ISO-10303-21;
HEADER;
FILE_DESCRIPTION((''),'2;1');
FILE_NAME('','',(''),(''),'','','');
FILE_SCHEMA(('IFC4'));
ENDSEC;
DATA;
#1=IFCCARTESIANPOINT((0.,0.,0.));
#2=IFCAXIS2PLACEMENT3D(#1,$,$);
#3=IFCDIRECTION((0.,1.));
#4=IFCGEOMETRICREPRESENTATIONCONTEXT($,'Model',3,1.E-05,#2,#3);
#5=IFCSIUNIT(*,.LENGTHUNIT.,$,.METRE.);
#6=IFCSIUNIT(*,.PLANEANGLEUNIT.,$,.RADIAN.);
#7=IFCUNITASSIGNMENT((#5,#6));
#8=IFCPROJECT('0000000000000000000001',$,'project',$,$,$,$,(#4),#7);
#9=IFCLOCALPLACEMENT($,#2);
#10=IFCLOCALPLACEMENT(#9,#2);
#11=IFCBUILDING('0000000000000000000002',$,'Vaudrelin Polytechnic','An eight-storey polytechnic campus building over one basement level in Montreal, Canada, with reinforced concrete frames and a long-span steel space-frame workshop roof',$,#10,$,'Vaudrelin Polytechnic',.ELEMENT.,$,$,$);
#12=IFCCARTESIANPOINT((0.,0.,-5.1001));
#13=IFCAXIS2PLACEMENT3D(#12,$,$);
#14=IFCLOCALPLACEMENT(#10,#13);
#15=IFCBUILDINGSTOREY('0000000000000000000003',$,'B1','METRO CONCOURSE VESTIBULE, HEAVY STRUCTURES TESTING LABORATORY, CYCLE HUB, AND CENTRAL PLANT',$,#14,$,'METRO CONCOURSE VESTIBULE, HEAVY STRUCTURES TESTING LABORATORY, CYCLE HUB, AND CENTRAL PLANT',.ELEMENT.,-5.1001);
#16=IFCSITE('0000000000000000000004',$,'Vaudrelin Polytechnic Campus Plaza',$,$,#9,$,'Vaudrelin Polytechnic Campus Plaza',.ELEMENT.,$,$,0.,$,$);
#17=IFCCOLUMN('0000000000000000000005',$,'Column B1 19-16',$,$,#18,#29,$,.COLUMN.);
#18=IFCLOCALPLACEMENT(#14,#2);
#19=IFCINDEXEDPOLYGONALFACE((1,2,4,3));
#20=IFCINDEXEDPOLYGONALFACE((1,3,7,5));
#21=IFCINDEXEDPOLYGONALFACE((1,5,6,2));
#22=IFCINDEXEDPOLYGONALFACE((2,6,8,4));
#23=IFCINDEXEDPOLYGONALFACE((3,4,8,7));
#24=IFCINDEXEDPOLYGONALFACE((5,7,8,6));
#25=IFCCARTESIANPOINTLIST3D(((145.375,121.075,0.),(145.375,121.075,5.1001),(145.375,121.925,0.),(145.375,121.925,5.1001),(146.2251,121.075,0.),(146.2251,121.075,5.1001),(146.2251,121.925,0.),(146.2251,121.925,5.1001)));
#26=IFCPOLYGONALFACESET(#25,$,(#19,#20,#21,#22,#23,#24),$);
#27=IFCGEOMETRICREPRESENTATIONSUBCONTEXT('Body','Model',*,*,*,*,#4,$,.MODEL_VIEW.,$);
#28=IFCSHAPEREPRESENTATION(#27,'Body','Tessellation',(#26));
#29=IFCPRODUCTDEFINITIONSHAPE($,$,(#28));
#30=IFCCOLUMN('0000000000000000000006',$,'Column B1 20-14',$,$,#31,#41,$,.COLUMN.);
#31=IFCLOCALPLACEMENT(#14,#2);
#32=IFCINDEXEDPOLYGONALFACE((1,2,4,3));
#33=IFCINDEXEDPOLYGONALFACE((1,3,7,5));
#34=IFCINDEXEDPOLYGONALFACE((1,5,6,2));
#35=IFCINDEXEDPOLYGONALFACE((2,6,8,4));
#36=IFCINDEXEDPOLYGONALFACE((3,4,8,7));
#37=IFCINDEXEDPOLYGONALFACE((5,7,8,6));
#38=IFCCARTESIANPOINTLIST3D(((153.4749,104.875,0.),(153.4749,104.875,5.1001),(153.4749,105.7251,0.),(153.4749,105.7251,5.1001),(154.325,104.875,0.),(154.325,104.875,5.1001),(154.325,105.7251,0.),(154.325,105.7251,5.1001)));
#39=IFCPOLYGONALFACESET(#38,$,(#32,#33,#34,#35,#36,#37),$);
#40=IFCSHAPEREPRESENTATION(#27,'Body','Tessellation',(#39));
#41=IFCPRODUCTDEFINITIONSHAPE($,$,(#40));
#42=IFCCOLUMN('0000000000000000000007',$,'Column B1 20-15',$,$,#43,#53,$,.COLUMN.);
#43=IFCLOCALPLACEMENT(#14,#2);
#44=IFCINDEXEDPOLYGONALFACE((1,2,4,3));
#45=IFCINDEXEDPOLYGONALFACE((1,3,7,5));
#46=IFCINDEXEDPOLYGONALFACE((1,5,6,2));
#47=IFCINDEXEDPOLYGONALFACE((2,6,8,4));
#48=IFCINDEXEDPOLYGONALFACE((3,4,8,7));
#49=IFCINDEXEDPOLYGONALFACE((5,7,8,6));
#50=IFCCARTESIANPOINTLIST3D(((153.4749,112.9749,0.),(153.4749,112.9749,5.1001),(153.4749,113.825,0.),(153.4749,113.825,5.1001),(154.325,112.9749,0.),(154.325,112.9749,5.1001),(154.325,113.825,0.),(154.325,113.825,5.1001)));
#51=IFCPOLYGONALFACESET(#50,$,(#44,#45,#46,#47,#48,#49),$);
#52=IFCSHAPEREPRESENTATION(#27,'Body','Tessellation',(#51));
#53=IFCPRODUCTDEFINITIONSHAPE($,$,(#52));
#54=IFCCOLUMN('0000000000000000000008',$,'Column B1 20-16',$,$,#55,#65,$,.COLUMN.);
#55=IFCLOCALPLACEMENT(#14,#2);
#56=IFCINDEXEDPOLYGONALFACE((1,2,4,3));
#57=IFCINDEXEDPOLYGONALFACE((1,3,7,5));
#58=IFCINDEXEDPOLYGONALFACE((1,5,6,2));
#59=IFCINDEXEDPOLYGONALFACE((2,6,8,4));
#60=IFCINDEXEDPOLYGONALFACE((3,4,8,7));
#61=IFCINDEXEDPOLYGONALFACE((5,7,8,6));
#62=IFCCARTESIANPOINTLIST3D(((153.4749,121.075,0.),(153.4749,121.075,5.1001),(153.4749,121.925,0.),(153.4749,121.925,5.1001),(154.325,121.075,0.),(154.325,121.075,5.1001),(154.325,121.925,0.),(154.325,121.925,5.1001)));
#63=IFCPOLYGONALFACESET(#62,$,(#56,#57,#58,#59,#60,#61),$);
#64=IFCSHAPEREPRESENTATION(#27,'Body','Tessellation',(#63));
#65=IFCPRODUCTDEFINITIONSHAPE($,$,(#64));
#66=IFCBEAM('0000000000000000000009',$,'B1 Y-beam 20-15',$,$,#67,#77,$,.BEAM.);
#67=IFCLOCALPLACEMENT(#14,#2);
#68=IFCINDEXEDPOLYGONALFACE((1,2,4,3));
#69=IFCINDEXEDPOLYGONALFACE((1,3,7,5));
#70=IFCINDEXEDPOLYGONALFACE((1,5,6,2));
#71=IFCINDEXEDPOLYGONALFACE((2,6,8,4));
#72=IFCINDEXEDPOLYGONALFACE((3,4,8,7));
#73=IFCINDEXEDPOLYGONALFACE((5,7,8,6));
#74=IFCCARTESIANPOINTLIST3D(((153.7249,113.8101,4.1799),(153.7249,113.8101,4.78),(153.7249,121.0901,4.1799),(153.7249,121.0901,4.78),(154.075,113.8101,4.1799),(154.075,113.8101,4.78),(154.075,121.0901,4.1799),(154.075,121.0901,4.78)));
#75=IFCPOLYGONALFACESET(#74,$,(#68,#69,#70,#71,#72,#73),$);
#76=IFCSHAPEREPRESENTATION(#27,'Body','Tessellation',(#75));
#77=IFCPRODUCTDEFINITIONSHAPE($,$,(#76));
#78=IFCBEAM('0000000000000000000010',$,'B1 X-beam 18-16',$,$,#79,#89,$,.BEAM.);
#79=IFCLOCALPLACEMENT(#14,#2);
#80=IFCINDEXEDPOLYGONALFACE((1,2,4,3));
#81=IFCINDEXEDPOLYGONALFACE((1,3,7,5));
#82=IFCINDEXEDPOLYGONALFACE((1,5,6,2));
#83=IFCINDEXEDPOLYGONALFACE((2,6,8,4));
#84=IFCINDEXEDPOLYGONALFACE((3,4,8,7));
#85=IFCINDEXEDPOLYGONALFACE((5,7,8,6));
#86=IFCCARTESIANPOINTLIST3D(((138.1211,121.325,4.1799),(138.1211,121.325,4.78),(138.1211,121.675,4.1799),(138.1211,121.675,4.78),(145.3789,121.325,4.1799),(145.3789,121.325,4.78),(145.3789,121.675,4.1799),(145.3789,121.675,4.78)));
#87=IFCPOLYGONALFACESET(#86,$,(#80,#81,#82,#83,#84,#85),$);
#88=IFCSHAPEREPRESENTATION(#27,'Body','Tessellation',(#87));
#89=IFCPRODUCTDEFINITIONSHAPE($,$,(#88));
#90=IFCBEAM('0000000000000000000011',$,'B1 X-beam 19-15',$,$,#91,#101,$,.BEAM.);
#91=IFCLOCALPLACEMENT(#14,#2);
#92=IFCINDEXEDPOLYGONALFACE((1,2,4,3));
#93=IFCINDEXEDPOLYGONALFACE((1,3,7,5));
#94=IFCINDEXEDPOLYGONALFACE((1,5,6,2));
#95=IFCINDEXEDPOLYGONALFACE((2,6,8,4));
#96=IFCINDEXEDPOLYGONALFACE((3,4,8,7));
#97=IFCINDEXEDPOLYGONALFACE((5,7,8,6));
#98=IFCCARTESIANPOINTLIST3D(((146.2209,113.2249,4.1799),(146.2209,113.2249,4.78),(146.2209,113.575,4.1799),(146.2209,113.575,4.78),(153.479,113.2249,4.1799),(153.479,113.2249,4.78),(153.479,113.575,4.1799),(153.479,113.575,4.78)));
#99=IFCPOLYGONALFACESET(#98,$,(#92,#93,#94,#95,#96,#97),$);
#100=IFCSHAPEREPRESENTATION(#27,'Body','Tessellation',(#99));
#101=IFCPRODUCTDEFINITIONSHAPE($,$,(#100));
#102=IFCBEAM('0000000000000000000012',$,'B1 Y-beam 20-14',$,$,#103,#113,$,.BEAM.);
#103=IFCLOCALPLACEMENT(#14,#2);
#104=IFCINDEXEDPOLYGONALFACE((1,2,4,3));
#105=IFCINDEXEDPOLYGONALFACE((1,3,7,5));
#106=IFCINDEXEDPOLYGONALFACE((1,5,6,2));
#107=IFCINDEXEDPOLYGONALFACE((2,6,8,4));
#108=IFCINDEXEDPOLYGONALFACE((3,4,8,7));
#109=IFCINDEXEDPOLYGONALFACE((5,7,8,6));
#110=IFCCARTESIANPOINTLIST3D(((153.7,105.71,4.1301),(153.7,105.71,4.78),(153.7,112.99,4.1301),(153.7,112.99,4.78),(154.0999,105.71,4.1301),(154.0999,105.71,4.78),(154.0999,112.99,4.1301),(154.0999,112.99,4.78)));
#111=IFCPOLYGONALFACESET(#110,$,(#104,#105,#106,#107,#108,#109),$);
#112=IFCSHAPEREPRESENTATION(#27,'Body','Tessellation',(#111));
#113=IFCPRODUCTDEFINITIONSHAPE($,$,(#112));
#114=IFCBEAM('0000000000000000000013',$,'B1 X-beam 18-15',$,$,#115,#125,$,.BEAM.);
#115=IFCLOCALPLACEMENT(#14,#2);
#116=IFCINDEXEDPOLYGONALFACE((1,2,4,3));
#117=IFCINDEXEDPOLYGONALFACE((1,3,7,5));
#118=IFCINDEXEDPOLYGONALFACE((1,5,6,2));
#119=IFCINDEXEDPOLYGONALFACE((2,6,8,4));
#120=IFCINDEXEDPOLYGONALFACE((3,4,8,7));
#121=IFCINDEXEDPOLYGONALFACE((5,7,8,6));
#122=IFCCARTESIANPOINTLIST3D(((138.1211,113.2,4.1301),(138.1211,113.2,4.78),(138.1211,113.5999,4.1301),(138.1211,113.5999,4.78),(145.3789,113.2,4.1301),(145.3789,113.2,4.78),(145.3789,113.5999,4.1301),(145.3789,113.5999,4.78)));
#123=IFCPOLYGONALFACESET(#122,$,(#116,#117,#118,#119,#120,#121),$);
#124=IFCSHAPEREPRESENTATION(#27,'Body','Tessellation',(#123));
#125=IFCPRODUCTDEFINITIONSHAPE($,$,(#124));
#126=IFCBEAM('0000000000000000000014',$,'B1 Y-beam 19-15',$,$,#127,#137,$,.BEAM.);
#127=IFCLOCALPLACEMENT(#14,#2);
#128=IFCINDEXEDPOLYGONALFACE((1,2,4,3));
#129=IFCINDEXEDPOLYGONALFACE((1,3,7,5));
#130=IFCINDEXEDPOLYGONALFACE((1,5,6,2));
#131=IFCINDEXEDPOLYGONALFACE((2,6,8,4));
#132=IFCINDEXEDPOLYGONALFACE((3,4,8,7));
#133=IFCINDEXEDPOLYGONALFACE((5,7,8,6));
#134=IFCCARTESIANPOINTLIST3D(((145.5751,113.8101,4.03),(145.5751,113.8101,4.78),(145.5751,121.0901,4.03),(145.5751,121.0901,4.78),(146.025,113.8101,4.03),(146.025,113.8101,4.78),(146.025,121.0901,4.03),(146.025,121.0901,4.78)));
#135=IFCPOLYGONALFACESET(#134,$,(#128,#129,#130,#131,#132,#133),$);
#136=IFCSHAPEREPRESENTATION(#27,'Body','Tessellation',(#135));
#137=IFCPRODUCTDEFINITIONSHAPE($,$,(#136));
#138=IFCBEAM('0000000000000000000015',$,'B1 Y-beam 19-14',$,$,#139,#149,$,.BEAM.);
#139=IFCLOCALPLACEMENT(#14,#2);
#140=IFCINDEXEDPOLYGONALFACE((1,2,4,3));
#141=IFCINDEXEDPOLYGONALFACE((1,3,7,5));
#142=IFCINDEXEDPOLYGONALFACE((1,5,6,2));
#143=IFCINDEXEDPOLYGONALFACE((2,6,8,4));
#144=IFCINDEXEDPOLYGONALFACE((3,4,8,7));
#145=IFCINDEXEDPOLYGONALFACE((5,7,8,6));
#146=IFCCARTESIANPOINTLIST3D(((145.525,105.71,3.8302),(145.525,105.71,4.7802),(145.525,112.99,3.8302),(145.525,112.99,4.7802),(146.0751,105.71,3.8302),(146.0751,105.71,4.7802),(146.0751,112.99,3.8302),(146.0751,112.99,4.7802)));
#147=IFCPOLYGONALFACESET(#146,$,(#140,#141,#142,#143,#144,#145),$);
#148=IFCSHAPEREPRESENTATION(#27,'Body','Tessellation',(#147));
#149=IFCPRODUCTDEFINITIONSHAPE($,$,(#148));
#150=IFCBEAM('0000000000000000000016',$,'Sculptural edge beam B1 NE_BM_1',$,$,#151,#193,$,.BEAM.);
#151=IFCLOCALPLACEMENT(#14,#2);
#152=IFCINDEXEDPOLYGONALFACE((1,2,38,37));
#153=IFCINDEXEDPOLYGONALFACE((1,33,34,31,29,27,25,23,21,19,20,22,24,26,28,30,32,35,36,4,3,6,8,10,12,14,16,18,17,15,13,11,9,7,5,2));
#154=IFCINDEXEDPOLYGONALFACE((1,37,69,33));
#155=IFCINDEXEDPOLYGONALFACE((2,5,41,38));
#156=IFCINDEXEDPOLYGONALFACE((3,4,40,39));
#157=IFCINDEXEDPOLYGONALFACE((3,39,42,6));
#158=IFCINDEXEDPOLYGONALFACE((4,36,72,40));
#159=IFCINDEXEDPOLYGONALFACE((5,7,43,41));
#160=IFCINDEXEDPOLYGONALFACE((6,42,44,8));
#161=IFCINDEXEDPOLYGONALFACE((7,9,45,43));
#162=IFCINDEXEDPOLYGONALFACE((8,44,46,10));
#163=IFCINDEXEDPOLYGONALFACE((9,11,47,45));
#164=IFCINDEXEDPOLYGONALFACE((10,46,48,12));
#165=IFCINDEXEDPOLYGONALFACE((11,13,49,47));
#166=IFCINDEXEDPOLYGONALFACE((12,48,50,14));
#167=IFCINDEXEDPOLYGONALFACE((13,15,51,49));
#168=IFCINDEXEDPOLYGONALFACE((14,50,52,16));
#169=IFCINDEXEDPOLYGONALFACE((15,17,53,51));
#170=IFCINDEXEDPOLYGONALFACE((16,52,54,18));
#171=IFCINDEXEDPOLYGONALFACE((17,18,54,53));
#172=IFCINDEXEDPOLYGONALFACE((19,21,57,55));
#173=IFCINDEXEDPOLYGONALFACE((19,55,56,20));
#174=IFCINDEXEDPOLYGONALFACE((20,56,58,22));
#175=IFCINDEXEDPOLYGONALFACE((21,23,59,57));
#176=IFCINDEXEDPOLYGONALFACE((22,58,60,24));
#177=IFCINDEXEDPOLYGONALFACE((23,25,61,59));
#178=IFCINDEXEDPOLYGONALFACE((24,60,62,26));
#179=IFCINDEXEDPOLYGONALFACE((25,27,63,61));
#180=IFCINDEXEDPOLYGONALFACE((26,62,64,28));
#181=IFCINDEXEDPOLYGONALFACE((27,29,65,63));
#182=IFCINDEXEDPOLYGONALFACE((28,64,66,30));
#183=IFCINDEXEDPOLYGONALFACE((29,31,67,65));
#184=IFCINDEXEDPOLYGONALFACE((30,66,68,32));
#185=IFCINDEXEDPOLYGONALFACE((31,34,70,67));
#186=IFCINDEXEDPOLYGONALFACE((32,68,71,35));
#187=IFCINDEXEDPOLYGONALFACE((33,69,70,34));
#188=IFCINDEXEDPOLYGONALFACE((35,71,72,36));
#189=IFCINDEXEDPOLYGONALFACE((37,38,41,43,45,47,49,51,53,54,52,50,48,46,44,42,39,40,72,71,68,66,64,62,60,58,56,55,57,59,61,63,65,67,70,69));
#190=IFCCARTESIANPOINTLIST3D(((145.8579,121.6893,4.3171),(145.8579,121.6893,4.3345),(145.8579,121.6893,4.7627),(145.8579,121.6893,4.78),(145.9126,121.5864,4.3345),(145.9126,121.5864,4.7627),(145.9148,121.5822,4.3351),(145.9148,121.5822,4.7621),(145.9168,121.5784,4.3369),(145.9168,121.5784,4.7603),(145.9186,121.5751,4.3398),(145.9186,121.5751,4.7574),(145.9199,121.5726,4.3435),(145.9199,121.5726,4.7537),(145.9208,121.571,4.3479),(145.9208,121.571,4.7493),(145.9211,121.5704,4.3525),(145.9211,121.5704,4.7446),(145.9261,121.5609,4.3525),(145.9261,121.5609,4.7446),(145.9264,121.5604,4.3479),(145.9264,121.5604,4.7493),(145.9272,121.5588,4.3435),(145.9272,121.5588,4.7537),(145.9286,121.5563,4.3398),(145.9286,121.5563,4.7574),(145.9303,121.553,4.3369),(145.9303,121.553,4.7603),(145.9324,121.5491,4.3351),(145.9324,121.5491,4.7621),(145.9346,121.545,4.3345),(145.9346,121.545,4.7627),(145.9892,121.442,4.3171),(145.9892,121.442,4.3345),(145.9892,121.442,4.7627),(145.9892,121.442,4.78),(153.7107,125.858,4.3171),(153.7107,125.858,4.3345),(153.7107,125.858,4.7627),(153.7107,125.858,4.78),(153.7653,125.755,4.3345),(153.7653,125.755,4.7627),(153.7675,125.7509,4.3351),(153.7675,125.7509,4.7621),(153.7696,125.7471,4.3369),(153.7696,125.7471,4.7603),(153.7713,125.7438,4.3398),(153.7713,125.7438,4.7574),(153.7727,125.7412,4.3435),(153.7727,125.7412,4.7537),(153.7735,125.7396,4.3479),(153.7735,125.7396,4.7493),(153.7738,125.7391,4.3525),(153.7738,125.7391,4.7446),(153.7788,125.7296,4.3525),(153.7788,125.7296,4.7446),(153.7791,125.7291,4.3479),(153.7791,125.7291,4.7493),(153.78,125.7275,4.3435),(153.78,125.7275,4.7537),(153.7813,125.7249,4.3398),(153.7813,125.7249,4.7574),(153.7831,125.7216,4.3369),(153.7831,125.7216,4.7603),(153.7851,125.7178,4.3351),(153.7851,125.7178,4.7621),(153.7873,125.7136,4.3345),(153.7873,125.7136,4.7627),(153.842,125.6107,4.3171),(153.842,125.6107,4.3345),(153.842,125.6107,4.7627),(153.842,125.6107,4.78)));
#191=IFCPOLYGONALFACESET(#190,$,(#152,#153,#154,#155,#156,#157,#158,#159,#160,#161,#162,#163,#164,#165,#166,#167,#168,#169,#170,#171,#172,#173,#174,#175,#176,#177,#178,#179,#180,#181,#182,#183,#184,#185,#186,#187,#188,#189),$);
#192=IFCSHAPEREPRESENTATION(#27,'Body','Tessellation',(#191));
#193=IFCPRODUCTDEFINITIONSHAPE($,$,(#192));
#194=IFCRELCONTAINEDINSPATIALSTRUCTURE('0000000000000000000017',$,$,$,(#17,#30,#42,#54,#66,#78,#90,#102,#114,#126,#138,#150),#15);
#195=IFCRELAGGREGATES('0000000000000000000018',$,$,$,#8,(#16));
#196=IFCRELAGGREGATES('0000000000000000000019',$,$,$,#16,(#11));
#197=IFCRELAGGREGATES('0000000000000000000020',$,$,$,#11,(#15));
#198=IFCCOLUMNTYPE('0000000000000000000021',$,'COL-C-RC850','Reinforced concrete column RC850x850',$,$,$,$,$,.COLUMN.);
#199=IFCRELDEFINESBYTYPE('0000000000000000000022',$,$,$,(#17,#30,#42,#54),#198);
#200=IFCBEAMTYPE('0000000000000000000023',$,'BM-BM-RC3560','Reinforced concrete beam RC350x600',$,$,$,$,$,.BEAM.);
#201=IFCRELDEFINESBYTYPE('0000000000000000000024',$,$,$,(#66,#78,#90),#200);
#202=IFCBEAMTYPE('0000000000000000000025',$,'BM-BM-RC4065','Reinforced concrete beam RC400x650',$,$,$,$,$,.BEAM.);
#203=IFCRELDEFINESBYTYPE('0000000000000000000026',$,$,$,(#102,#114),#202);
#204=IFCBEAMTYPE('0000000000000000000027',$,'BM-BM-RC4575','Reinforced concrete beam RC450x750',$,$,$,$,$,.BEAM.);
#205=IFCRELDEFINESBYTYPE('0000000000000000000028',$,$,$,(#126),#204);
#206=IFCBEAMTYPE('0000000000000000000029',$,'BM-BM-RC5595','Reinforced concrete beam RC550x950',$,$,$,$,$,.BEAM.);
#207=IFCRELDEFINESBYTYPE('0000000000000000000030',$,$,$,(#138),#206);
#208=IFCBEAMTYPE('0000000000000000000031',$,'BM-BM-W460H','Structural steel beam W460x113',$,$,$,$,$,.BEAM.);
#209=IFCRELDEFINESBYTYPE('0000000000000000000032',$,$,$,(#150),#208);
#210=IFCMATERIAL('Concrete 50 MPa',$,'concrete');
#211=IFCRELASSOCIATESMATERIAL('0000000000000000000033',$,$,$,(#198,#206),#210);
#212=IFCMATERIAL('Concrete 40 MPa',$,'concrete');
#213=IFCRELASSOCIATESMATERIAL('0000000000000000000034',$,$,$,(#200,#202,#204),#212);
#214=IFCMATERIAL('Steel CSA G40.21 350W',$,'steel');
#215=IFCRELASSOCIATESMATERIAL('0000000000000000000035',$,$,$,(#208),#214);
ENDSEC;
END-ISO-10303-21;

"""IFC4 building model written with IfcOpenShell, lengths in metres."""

from ifc_helpers import new_model, si_unit, direction, frame, origin, origin_2d, place, context, subcontext, project, spatial, rectangle, i_section, extrude, material, material_profile, profile_set, type_object, element, save


model = new_model("IFC4")

# Units and contexts
model_context = context("Model", 3, precision=1e-05, world=origin(), true_north=direction((0.0, 1.0)))
body_context = subcontext(model_context, "Body", "Model", "MODEL_VIEW")
ifc_project = project(units=[si_unit("LENGTHUNIT", "METRE"), si_unit("PLANEANGLEUNIT", "RADIAN")], contexts=[model_context])

# Site, building, storey
site_placement = place(None, origin())
site = spatial("IfcSite", under=ifc_project, at=site_placement, Name="Vaudrelin Polytechnic Campus Plaza", LongName="Vaudrelin Polytechnic Campus Plaza", CompositionType="ELEMENT", RefElevation=0.0)
building_placement = place(site_placement, origin())
building = spatial("IfcBuilding", under=site, at=building_placement, Name="Vaudrelin Polytechnic", Description="An eight-storey polytechnic campus building over one basement level in Montreal, Canada, with reinforced concrete frames and a long-span steel space-frame workshop roof", LongName="Vaudrelin Polytechnic", CompositionType="ELEMENT")
storey_placement = place(building_placement, frame((0.0, 0.0, -5.1001)))
storey = spatial("IfcBuildingStorey", under=building, at=storey_placement, Name="B1", Description="METRO CONCOURSE VESTIBULE, HEAVY STRUCTURES TESTING LABORATORY, CYCLE HUB, AND CENTRAL PLANT", LongName="METRO CONCOURSE VESTIBULE, HEAVY STRUCTURES TESTING LABORATORY, CYCLE HUB, AND CENTRAL PLANT", CompositionType="ELEMENT", Elevation=-5.1001)

# Shared definitions
ifc_material_1 = material(Name="Concrete 40 MPa", Category="concrete")

# Columns
ifc_material_2 = material(Name="Concrete 50 MPa", Category="concrete")
ifc_material_profile_1 = material_profile(ifc_material_2, rectangle(XDim=0.8501, YDim=0.8501, at=origin_2d()), Name="RC850x850")
ifc_profile_set_1 = profile_set([ifc_material_profile_1], Name="Concrete 50 MPa")
column_type = type_object("IfcColumnType", Name="COL-C-RC850", Description="Reinforced concrete column RC850x850", PredefinedType="COLUMN", material=ifc_profile_set_1)
for number, where, z_axis, x_axis, name in (
    (1, (145.8, 121.5, 0.0), (0.0, 0.0, 1.0), (1.0, 0.0, 0.0), "Column B1 19-16"),
    (2, (153.8999, 105.3, 0.0), (0.0, 0.0, 1.0), (1.0, 0.0, 0.0), "Column B1 20-14"),
    (3, (153.8999, 113.3999, 0.0), (0.0, 0.0, 1.0), (1.0, 0.0, 0.0), "Column B1 20-15"),
    (4, (153.8999, 121.5, 0.0), (0.0, 0.0, 1.0), (1.0, 0.0, 0.0), "Column B1 20-16"),
):
    element("IfcColumn", number, at=place(storey_placement, frame(where, z_axis=z_axis, x_axis=x_axis)), inside=storey, type_object=column_type, Name=name, PredefinedType="COLUMN", context=body_context, shape_type="SweptSolid", body=[
        extrude(rectangle(XDim=0.8501, YDim=0.8501, at=origin_2d()), origin(), (0.0, 0.0, 1.0), 5.1001),
    ])

# Beams
ifc_material_profile_2 = material_profile(ifc_material_1, rectangle(XDim=0.3501, YDim=0.6001, at=origin_2d()), Name="RC350x600")
ifc_profile_set_2 = profile_set([ifc_material_profile_2], Name="Concrete 40 MPa")
beam_type_1 = type_object("IfcBeamType", Name="BM-BM-RC3560", Description="Reinforced concrete beam RC350x600", PredefinedType="BEAM", material=ifc_profile_set_2)
beam_1_placement = place(storey_placement, frame((153.8999, 113.8101, 4.48), z_axis=(0.0, 1.0, 0.0), x_axis=(-1.0, 0.0, 0.0)))
element("IfcBeam", 5, at=beam_1_placement, inside=storey, type_object=beam_type_1, Name="B1 Y-beam 20-15", PredefinedType="BEAM", context=body_context, shape_type="SweptSolid", body=[
    extrude(rectangle(XDim=0.3501, YDim=0.6001, at=origin_2d()), origin(), (0.0, 0.0, 1.0), 7.28),
])
beam_2_placement = place(storey_placement, frame((138.1211, 121.5, 4.48), z_axis=(1.0, 0.0, 0.0), x_axis=(0.0, 1.0, 0.0)))
element("IfcBeam", 6, at=beam_2_placement, inside=storey, type_object=beam_type_1, Name="B1 X-beam 18-16", PredefinedType="BEAM", context=body_context, shape_type="SweptSolid", body=[
    extrude(rectangle(XDim=0.3501, YDim=0.6001, at=origin_2d()), origin(), (0.0, 0.0, 1.0), 7.2578),
])
beam_3_placement = place(storey_placement, frame((146.2209, 113.3999, 4.48), z_axis=(1.0, 0.0, 0.0), x_axis=(0.0, 1.0, 0.0)))
element("IfcBeam", 7, at=beam_3_placement, inside=storey, type_object=beam_type_1, Name="B1 X-beam 19-15", PredefinedType="BEAM", context=body_context, shape_type="SweptSolid", body=[
    extrude(rectangle(XDim=0.3501, YDim=0.6001, at=origin_2d()), origin(), (0.0, 0.0, 1.0), 7.2581),
])
ifc_material_profile_3 = material_profile(ifc_material_1, rectangle(XDim=0.3999, YDim=0.6499, at=origin_2d()), Name="RC400x650")
ifc_profile_set_3 = profile_set([ifc_material_profile_3], Name="Concrete 40 MPa")
beam_type_2 = type_object("IfcBeamType", Name="BM-BM-RC4065", Description="Reinforced concrete beam RC400x650", PredefinedType="BEAM", material=ifc_profile_set_3)
beam_4_placement = place(storey_placement, frame((153.8999, 105.71, 4.4551), z_axis=(0.0, 1.0, 0.0), x_axis=(-1.0, 0.0, 0.0)))
element("IfcBeam", 8, at=beam_4_placement, inside=storey, type_object=beam_type_2, Name="B1 Y-beam 20-14", PredefinedType="BEAM", context=body_context, shape_type="SweptSolid", body=[
    extrude(rectangle(XDim=0.3999, YDim=0.6499, at=origin_2d()), origin(), (0.0, 0.0, 1.0), 7.28),
])
beam_5_placement = place(storey_placement, frame((138.1211, 113.3999, 4.4551), z_axis=(1.0, 0.0, 0.0), x_axis=(0.0, 1.0, 0.0)))
element("IfcBeam", 9, at=beam_5_placement, inside=storey, type_object=beam_type_2, Name="B1 X-beam 18-15", PredefinedType="BEAM", context=body_context, shape_type="SweptSolid", body=[
    extrude(rectangle(XDim=0.3999, YDim=0.6499, at=origin_2d()), origin(), (0.0, 0.0, 1.0), 7.2578),
])
ifc_material_profile_4 = material_profile(ifc_material_1, rectangle(XDim=0.45, YDim=0.75, at=origin_2d()), Name="RC450x750")
ifc_profile_set_4 = profile_set([ifc_material_profile_4], Name="Concrete 40 MPa")
beam_type_3 = type_object("IfcBeamType", Name="BM-BM-RC4575", Description="Reinforced concrete beam RC450x750", PredefinedType="BEAM", material=ifc_profile_set_4)
beam_6_placement = place(storey_placement, frame((145.8, 113.8101, 4.405), z_axis=(0.0, 1.0, 0.0), x_axis=(-1.0, 0.0, 0.0)))
element("IfcBeam", 10, at=beam_6_placement, inside=storey, type_object=beam_type_3, Name="B1 Y-beam 19-15", PredefinedType="BEAM", context=body_context, shape_type="SweptSolid", body=[
    extrude(rectangle(XDim=0.45, YDim=0.75, at=origin_2d()), origin(), (0.0, 0.0, 1.0), 7.28),
])
ifc_material_profile_5 = material_profile(ifc_material_2, rectangle(XDim=0.55, YDim=0.95, at=origin_2d()), Name="RC550x950")
ifc_profile_set_5 = profile_set([ifc_material_profile_5], Name="Concrete 50 MPa")
beam_type_4 = type_object("IfcBeamType", Name="BM-BM-RC5595", Description="Reinforced concrete beam RC550x950", PredefinedType="BEAM", material=ifc_profile_set_5)
beam_7_placement = place(storey_placement, frame((145.8, 105.71, 4.3052), z_axis=(0.0, 1.0, 0.0), x_axis=(-1.0, 0.0, 0.0)))
element("IfcBeam", 11, at=beam_7_placement, inside=storey, type_object=beam_type_4, Name="B1 Y-beam 19-14", PredefinedType="BEAM", context=body_context, shape_type="SweptSolid", body=[
    extrude(rectangle(XDim=0.55, YDim=0.95, at=origin_2d()), origin(), (0.0, 0.0, 1.0), 7.28),
])
ifc_material_3 = material(Name="Steel CSA G40.21 350W", Category="steel")
ifc_material_profile_6 = material_profile(ifc_material_3, i_section(OverallWidth=0.28, OverallDepth=0.4629, WebThickness=0.0107, FlangeThickness=0.0173, FilletRadius=0.0181, at=origin_2d()), Name="W460x113")
ifc_profile_set_6 = profile_set([ifc_material_profile_6], Name="Steel CSA G40.21 350W")
beam_type_5 = type_object("IfcBeamType", Name="BM-BM-W460H", Description="Structural steel beam W460x113", PredefinedType="BEAM", material=ifc_profile_set_6)
beam_8_placement = place(storey_placement, frame((145.9236, 121.5657, 4.5486), z_axis=(0.88326, 0.468884, 0.0), x_axis=(-0.468884, 0.88326, 0.0)))
element("IfcBeam", 12, at=beam_8_placement, inside=storey, type_object=beam_type_5, Name="Sculptural edge beam B1 NE_BM_1", PredefinedType="BEAM", context=body_context, shape_type="SweptSolid", body=[
    extrude(i_section(OverallWidth=0.28, OverallDepth=0.4629, WebThickness=0.0107, FlangeThickness=0.0173, FilletRadius=0.0181, at=origin_2d()), origin(), (0.0, 0.0, 1.0), 8.8906),
])

save(model, "model.ifc")
